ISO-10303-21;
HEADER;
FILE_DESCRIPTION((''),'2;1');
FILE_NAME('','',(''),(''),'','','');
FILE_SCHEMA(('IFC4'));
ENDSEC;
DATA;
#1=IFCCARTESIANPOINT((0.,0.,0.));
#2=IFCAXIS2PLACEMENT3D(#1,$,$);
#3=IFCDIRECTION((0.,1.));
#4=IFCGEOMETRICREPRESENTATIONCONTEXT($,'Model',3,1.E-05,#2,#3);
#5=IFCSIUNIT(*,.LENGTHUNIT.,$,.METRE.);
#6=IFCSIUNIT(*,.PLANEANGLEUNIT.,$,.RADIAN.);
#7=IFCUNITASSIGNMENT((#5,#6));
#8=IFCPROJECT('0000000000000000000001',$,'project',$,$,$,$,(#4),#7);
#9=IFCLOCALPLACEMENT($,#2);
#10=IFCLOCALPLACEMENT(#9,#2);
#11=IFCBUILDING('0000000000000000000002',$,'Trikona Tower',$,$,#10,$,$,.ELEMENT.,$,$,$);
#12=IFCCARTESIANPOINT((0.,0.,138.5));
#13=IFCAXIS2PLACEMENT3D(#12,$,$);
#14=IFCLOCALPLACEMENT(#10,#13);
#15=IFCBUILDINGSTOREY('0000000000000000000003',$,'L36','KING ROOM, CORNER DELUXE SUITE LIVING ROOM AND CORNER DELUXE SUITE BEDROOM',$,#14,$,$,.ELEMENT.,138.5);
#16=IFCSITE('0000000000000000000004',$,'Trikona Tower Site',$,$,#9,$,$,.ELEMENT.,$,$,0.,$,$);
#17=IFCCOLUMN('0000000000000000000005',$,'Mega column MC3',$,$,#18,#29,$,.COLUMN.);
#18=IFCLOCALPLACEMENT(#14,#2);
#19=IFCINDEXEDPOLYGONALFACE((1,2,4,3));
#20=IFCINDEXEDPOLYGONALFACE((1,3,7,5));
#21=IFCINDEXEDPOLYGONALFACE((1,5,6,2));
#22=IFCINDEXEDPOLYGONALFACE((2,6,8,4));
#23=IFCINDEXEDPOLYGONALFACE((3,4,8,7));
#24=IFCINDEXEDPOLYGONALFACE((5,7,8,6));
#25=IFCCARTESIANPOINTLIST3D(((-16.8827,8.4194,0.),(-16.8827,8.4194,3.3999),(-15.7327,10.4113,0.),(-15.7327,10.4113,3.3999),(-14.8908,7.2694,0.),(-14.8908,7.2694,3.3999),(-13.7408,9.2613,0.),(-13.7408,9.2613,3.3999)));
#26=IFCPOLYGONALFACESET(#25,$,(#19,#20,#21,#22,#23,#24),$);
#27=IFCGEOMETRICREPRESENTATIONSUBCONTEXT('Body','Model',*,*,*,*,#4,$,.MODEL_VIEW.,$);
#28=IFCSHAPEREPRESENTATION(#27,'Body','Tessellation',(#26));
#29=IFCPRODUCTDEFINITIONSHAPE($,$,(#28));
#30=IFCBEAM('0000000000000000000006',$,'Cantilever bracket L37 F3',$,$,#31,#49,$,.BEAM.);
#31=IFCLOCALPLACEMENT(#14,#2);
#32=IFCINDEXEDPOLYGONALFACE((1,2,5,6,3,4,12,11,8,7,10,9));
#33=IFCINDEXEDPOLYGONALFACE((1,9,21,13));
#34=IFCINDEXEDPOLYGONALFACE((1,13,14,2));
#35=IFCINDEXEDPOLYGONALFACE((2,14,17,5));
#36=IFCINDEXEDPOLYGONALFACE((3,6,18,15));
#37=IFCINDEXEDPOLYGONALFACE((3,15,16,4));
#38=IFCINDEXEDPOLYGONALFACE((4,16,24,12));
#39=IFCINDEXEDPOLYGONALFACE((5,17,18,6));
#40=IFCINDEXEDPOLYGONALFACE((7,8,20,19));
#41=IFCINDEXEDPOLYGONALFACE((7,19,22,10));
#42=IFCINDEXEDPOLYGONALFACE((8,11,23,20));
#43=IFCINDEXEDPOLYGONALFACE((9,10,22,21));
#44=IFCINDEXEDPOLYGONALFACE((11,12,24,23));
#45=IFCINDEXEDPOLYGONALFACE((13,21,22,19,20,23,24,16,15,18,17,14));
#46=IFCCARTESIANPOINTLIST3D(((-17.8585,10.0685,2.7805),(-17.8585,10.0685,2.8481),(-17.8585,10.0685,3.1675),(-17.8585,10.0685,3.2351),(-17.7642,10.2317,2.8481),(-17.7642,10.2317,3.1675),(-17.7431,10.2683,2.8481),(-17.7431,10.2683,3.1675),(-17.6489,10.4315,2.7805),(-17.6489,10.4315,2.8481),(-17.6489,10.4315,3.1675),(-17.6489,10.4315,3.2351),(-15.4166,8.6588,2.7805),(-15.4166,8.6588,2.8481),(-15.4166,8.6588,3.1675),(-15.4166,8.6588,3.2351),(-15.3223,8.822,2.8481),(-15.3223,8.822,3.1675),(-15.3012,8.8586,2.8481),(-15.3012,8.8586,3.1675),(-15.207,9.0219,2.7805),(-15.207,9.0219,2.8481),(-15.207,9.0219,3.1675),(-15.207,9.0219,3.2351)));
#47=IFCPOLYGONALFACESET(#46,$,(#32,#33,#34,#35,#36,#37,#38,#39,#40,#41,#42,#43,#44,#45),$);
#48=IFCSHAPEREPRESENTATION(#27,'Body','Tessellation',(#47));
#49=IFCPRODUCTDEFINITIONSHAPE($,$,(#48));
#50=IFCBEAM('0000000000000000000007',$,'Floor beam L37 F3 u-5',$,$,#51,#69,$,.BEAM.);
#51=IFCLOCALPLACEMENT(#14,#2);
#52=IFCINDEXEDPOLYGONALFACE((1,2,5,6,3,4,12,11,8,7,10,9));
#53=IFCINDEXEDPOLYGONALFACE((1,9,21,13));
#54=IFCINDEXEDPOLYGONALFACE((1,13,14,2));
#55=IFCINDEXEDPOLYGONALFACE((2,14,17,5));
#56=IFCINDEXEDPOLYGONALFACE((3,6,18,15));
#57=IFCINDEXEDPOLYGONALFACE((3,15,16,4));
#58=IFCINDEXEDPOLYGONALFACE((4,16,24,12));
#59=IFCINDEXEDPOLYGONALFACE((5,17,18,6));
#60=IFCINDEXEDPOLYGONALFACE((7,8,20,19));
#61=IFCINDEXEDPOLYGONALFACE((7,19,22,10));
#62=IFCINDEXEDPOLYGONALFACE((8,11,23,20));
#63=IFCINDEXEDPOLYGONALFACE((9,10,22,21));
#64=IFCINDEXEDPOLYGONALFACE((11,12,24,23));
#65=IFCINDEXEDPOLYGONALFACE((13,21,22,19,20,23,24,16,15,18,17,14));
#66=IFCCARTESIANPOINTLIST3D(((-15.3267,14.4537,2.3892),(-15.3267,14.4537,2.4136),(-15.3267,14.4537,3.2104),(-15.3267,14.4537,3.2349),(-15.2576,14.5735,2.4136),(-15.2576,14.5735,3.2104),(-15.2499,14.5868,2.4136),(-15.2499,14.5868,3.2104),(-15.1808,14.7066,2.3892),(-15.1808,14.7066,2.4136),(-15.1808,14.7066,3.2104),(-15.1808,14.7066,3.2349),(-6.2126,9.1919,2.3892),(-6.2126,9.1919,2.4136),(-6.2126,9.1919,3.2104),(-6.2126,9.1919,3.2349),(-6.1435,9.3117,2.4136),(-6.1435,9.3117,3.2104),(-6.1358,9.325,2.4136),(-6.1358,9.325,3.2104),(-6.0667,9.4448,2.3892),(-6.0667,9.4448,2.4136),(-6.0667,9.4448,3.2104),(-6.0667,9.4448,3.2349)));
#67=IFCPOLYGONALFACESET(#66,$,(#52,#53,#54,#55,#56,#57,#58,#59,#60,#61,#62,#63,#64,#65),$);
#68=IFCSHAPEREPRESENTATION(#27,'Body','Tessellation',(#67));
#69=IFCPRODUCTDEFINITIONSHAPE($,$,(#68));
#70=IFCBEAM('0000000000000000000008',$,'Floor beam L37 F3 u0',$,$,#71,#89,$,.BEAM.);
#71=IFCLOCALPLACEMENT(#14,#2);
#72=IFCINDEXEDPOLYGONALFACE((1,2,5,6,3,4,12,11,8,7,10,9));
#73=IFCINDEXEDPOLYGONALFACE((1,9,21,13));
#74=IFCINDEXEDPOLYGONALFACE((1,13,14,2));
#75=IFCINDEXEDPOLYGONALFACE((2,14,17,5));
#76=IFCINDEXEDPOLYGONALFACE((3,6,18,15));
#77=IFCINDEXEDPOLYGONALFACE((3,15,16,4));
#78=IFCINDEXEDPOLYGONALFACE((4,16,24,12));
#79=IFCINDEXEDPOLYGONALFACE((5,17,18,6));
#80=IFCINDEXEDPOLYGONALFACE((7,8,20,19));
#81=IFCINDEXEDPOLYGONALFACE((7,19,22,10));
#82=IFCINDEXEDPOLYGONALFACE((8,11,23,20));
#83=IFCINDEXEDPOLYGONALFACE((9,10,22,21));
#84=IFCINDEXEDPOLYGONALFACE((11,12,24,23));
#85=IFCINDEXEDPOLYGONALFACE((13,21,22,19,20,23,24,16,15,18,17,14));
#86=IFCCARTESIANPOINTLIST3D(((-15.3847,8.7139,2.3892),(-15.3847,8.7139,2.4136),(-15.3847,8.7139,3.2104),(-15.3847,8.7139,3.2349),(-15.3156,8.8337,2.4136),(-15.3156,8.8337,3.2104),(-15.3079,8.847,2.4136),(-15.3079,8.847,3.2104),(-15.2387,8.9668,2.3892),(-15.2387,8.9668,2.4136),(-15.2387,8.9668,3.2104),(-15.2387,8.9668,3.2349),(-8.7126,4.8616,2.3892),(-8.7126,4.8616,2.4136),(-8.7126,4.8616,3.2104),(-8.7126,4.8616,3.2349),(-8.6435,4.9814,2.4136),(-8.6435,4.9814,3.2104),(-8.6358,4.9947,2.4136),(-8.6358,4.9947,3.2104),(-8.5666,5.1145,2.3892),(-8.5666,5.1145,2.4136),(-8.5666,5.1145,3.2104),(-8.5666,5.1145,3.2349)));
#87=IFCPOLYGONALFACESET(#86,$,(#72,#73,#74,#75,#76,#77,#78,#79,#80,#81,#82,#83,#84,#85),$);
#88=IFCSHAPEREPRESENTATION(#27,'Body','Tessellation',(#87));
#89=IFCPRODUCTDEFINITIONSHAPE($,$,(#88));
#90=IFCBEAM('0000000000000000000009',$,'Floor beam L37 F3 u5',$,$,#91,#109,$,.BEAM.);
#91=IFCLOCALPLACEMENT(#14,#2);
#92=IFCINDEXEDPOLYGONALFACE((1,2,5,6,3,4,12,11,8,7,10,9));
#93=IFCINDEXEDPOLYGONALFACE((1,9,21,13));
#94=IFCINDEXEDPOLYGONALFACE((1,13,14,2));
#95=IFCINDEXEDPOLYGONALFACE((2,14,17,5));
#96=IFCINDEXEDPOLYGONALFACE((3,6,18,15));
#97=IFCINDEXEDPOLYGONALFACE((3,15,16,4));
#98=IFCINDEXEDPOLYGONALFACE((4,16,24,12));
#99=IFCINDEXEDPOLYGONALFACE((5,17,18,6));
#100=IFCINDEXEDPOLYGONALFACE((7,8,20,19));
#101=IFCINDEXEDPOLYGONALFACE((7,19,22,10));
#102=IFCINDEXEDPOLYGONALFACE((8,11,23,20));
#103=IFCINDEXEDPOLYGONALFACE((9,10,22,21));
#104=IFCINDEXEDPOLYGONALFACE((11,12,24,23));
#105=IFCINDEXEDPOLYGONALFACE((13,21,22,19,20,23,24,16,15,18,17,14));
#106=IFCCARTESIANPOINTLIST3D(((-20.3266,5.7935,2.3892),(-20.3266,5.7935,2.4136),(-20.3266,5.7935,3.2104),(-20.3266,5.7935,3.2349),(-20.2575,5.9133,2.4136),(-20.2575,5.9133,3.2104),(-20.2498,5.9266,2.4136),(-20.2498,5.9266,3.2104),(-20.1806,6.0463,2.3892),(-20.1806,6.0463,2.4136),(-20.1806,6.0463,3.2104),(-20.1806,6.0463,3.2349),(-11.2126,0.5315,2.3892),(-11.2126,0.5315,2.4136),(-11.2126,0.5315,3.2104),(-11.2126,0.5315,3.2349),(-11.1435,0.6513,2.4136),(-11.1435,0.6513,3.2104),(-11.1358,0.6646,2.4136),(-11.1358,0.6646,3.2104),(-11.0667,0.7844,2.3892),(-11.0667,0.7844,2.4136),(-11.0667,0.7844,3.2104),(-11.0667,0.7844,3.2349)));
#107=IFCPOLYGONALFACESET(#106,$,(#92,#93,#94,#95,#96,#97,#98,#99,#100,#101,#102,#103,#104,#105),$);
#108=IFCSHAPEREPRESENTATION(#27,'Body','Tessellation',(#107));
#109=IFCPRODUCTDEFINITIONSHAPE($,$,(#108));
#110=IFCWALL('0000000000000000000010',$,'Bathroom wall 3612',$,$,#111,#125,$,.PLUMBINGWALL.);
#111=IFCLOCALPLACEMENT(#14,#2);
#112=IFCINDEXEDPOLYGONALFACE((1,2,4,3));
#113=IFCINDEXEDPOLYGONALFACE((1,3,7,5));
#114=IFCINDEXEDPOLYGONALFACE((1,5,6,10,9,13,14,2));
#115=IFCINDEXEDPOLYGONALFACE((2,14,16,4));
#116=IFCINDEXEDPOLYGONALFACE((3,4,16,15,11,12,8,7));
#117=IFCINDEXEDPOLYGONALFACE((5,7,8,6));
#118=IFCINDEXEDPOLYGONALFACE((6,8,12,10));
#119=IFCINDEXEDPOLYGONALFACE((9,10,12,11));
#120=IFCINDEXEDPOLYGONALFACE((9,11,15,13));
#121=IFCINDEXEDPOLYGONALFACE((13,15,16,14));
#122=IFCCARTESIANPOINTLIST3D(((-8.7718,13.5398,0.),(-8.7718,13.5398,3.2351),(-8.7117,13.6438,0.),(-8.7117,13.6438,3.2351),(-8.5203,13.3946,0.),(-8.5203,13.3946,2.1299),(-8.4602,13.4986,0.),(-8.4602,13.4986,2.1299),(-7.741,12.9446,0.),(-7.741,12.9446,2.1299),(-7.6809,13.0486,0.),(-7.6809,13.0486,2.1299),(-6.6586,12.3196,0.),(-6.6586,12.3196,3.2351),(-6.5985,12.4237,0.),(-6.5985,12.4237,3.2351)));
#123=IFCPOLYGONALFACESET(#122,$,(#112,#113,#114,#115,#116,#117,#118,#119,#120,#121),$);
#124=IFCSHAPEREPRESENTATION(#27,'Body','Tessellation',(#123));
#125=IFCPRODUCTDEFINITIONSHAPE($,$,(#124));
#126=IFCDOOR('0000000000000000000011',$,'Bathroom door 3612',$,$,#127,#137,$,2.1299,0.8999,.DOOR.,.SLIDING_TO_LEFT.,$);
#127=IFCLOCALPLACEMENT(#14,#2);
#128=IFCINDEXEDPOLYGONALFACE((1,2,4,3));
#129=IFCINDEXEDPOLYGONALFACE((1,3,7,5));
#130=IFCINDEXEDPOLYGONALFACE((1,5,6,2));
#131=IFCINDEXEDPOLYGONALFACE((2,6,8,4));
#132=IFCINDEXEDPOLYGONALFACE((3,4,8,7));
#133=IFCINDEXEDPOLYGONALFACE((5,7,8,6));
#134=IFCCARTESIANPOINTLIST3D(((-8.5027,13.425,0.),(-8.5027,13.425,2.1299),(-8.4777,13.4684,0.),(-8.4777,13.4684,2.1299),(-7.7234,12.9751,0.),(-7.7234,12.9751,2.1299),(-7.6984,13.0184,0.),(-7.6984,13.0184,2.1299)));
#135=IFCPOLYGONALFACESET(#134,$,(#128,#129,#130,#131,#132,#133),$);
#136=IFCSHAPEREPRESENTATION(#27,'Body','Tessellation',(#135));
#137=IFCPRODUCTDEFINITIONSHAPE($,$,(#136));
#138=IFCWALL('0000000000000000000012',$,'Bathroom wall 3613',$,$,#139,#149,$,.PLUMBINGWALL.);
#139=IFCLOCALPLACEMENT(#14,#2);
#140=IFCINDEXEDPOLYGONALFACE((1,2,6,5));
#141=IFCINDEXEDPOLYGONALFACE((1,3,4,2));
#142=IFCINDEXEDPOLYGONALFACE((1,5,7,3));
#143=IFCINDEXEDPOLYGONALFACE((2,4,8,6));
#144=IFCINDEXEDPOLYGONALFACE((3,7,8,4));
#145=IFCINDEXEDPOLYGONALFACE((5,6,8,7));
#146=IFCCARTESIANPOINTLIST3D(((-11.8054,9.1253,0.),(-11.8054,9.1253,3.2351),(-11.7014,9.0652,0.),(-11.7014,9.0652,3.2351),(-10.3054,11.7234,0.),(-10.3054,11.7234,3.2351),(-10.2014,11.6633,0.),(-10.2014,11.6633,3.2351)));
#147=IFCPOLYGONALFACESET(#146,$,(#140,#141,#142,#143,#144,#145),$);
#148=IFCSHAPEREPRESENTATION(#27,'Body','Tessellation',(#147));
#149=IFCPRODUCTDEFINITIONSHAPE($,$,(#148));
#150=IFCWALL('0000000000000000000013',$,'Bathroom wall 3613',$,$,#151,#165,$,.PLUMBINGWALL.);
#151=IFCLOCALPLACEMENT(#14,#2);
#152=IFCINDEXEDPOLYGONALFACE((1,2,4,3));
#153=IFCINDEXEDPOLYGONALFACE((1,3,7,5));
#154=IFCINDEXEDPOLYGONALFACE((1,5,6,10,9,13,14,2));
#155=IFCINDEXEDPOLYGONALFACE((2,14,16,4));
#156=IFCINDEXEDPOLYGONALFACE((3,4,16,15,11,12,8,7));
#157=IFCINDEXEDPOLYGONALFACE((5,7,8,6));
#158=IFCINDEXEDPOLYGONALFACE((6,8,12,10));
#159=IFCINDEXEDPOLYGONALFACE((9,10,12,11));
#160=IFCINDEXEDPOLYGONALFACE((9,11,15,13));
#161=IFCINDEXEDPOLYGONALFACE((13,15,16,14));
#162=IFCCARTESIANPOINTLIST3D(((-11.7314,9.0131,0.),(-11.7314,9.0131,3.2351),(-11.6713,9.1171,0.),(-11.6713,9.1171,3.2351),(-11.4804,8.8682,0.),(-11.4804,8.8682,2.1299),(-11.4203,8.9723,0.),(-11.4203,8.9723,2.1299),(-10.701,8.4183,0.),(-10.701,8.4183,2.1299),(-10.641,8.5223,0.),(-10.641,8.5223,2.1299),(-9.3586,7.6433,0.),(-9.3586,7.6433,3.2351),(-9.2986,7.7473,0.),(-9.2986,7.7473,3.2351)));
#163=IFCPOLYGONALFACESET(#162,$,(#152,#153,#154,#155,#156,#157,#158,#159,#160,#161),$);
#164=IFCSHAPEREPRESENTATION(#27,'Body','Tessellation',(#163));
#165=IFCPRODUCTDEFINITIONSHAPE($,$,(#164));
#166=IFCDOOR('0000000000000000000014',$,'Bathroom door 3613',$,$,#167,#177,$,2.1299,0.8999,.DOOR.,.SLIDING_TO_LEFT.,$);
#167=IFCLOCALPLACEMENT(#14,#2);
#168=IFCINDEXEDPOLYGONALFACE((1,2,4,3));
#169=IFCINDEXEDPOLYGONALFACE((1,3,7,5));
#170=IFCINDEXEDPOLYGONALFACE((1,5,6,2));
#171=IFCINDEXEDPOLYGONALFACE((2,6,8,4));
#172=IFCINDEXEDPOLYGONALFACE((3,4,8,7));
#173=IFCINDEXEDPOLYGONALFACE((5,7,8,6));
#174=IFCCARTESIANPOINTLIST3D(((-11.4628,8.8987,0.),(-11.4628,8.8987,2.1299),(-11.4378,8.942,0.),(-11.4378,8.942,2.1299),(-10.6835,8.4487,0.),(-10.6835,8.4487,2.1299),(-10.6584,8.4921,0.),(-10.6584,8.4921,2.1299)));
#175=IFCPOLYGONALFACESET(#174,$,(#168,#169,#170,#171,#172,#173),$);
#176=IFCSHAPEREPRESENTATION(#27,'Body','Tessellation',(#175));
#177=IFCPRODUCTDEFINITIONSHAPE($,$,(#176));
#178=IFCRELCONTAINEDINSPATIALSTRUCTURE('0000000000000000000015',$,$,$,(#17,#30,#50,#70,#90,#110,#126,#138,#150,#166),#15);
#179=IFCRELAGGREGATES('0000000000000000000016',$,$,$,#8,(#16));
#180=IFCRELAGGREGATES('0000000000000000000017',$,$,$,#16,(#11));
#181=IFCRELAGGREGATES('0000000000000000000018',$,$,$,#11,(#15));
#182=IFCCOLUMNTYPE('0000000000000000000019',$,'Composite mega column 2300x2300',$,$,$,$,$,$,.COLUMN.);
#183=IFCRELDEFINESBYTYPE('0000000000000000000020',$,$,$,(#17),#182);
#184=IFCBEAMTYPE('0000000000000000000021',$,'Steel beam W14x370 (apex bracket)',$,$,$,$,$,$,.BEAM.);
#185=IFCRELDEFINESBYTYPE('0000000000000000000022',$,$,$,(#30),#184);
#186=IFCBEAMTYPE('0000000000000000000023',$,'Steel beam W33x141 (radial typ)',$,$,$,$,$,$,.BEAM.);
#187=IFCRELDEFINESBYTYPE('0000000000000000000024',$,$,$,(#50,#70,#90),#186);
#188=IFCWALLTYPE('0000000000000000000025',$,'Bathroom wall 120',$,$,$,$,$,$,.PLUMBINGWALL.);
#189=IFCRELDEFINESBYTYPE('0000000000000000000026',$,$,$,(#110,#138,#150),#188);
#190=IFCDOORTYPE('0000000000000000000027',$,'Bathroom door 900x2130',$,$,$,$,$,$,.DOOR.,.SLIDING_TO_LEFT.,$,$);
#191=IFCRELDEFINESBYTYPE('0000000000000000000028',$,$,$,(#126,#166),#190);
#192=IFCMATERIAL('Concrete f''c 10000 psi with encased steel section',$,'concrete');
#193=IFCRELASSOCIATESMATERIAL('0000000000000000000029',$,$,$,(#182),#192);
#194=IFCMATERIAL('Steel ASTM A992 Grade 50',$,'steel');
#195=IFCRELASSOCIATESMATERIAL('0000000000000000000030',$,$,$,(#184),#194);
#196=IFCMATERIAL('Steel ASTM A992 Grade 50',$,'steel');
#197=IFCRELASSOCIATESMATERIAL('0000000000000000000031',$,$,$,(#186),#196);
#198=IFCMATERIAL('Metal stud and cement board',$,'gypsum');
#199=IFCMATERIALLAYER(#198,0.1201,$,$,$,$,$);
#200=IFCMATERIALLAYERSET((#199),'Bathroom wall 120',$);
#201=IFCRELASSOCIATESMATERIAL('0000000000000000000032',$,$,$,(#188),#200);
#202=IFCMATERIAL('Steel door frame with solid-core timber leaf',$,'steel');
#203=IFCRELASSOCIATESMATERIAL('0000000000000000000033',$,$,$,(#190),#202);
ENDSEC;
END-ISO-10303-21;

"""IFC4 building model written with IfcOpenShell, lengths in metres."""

from ifc_helpers import new_model, si_unit, direction, frame, frame_2d, origin, origin_2d, place, context, subcontext, project, spatial, rectangle, i_section, extrude, material, layer, layer_set, material_profile, profile_set, type_object, element, fill, save


model = new_model("IFC4")

# Units and contexts
model_context = context("Model", 3, precision=1e-05, world=origin(), true_north=direction((0.0, 1.0)))
body_context = subcontext(model_context, "Body", "Model", "MODEL_VIEW")
ifc_project = project(units=[si_unit("LENGTHUNIT", "METRE"), si_unit("PLANEANGLEUNIT", "RADIAN")], contexts=[model_context])

# Site, building, storey
site_placement = place(None, origin())
site = spatial("IfcSite", under=ifc_project, at=site_placement, Name="Trikona Tower Site", CompositionType="ELEMENT", RefElevation=0.0)
building_placement = place(site_placement, origin())
building = spatial("IfcBuilding", under=site, at=building_placement, Name="Trikona Tower", CompositionType="ELEMENT")
storey_placement = place(building_placement, frame((0.0, 0.0, 138.5)))
storey = spatial("IfcBuildingStorey", under=building, at=storey_placement, Name="L36", Description="KING ROOM, CORNER DELUXE SUITE LIVING ROOM AND CORNER DELUXE SUITE BEDROOM", CompositionType="ELEMENT", Elevation=138.5)

# Column
ifc_material_1 = material(Name="Concrete f'c 10000 psi with encased steel section", Category="concrete")
ifc_material_profile_1 = material_profile(ifc_material_1, rectangle(XDim=2.3, YDim=2.3, at=origin_2d()), Name="MC2300")
ifc_profile_set_1 = profile_set([ifc_material_profile_1], Name="Concrete f'c 10000 psi with encased steel section")
column_type = type_object("IfcColumnType", Name="Composite mega column 2300x2300", PredefinedType="COLUMN", material=ifc_profile_set_1)
column_placement = place(storey_placement, frame((-15.3118, 8.8403, 0.0), z_axis=(0.0, 0.0, 1.0), x_axis=(-0.866025, 0.5, 0.0)))
element("IfcColumn", 1, at=column_placement, inside=storey, type_object=column_type, Name="Mega column MC3", PredefinedType="COLUMN", context=body_context, shape_type="SweptSolid", body=[
    extrude(rectangle(XDim=2.3, YDim=2.3, at=origin_2d()), origin(), (0.0, 0.0, 1.0), 3.3999),
])

# Beams
ifc_material_2 = material(Name="Steel ASTM A992 Grade 50", Category="steel")
ifc_material_profile_2 = material_profile(ifc_material_2, i_section(OverallWidth=0.4192, OverallDepth=0.4546, WebThickness=0.0422, FlangeThickness=0.0676, at=origin_2d()), Name="W14X370")
ifc_profile_set_2 = profile_set([ifc_material_profile_2], Name="Steel ASTM A992 Grade 50")
beam_type_1 = type_object("IfcBeamType", Name="Steel beam W14x370 (apex bracket)", PredefinedType="BEAM", material=ifc_profile_set_2)
beam_1_placement = place(storey_placement, frame((-15.3118, 8.8403, 3.0078), z_axis=(-0.86605, 0.499957, 0.0), x_axis=(-0.499957, -0.86605, 0.0)))
element("IfcBeam", 2, at=beam_1_placement, inside=storey, type_object=beam_type_1, Name="Cantilever bracket L37 F3", PredefinedType="BEAM", context=body_context, shape_type="SweptSolid", body=[
    extrude(i_section(OverallWidth=0.4192, OverallDepth=0.4546, WebThickness=0.0422, FlangeThickness=0.0676, at=origin_2d()), origin(), (0.0, 0.0, 1.0), 2.8196),
])
ifc_material_3 = material(Name="Steel ASTM A992 Grade 50", Category="steel")
ifc_material_profile_3 = material_profile(ifc_material_3, i_section(OverallWidth=0.292, OverallDepth=0.8457, WebThickness=0.0154, FlangeThickness=0.0244, at=origin_2d()), Name="W33X141")
ifc_profile_set_3 = profile_set([ifc_material_profile_3], Name="Steel ASTM A992 Grade 50")
beam_type_2 = type_object("IfcBeamType", Name="Steel beam W33x141 (radial typ)", PredefinedType="BEAM", material=ifc_profile_set_3)
beam_2_placement = place(storey_placement, frame((-6.1396, 9.3184, 2.812), z_axis=(-0.866036, 0.499982, 0.0), x_axis=(-0.499982, -0.866036, 0.0)))
element("IfcBeam", 3, at=beam_2_placement, inside=storey, type_object=beam_type_2, Name="Floor beam L37 F3 u-5", PredefinedType="BEAM", context=body_context, shape_type="SweptSolid", body=[
    extrude(i_section(OverallWidth=0.292, OverallDepth=0.8457, WebThickness=0.0154, FlangeThickness=0.0244, at=origin_2d()), origin(), (0.0, 0.0, 1.0), 10.5239),
])
beam_3_placement = place(storey_placement, frame((-8.6396, 4.988, 2.812), z_axis=(-0.866017, 0.500014, 0.0), x_axis=(-0.500014, -0.866017, 0.0)))
element("IfcBeam", 4, at=beam_3_placement, inside=storey, type_object=beam_type_2, Name="Floor beam L37 F3 u0", PredefinedType="BEAM", context=body_context, shape_type="SweptSolid", body=[
    extrude(i_section(OverallWidth=0.292, OverallDepth=0.8457, WebThickness=0.0154, FlangeThickness=0.0244, at=origin_2d()), origin(), (0.0, 0.0, 1.0), 7.7043),
])
beam_4_placement = place(storey_placement, frame((-11.1396, 0.658, 2.812), z_axis=(-0.866026, 0.499999, 0.0), x_axis=(-0.499999, -0.866026, 0.0)))
element("IfcBeam", 5, at=beam_4_placement, inside=storey, type_object=beam_type_2, Name="Floor beam L37 F3 u5", PredefinedType="BEAM", context=body_context, shape_type="SweptSolid", body=[
    extrude(i_section(OverallWidth=0.292, OverallDepth=0.8457, WebThickness=0.0154, FlangeThickness=0.0244, at=origin_2d()), origin(), (0.0, 0.0, 1.0), 10.5239),
])

# Wall, opening, door
ifc_material_4 = material(Name="Metal stud and cement board", Category="gypsum")
ifc_layer_1 = layer(ifc_material_4, 0.1201)
ifc_layer_set_1 = layer_set([ifc_layer_1], Name="Bathroom wall 120")
wall_type_1 = type_object("IfcWallType", Name="Bathroom wall 120", PredefinedType="PLUMBINGWALL", material=ifc_layer_set_1)
wall_1_placement = place(storey_placement, frame((-6.6284, 12.3716, 0.0), z_axis=(0.0, 0.0, 1.0), x_axis=(-0.866006, 0.500034, 0.0)))
wall_1 = element("IfcWall", 6, at=wall_1_placement, inside=storey, type_object=wall_type_1, Name="Bathroom wall 3612", PredefinedType="PLUMBINGWALL", context=body_context, shape_type="SweptSolid", body=[
    extrude(rectangle(XDim=2.4402, YDim=0.1201, at=frame_2d((1.2202, 0.0))), origin(), (0.0, 0.0, 1.0), 3.2351),
])
opening_1_placement = place(wall_1_placement, frame((1.25, 0.0, 0.0)))
opening_1 = element("IfcOpeningElement", 7, at=opening_1_placement, cuts=wall_1, PredefinedType="OPENING", context=body_context, shape_type="SweptSolid", body=[
    extrude(rectangle(XDim=0.8999, YDim=2.1299, at=frame_2d((0.45, 1.0649))), frame((0.0, 0.0701, 0.0), z_axis=(0.0, -1.0, 0.0), x_axis=(1.0, 0.0, 0.0)), (0.0, 0.0, 1.0), 0.1401),
])
ifc_material_5 = material(Name="Steel door frame with solid-core timber leaf", Category="steel")
door_type_1 = type_object("IfcDoorType", Name="Bathroom door 900x2130", OperationType="SLIDING_TO_LEFT", PredefinedType="DOOR", material=ifc_material_5)
door_1_placement = place(opening_1_placement, origin())
door_1 = element("IfcDoor", 8, at=door_1_placement, inside=storey, type_object=door_type_1, Name="Bathroom door 3612", OperationType="SLIDING_TO_LEFT", OverallHeight=2.1299, OverallWidth=0.8999, PredefinedType="DOOR", context=body_context, shape_type="SweptSolid", body=[
    extrude(rectangle(XDim=0.8999, YDim=2.1299, at=frame_2d((0.45, 1.0649))), frame((0.0, 0.0249, 0.0), z_axis=(0.0, -1.0, 0.0), x_axis=(1.0, 0.0, 0.0)), (0.0, 0.0, 1.0), 0.05),
])
fill(opening_1, door_1)

# Wall
wall_2_placement = place(storey_placement, frame((-10.2534, 11.6934, 0.0), z_axis=(0.0, 0.0, 1.0), x_axis=(-0.49999, -0.866031, 0.0)))
element("IfcWall", 9, at=wall_2_placement, inside=storey, type_object=wall_type_1, Name="Bathroom wall 3613", PredefinedType="PLUMBINGWALL", context=body_context, shape_type="SweptSolid", body=[
    extrude(rectangle(XDim=3.0, YDim=0.1201, at=frame_2d((1.5, 0.0))), origin(), (0.0, 0.0, 1.0), 3.2351),
])

# Wall, opening, door
wall_3_placement = place(storey_placement, frame((-9.3286, 7.6953, 0.0), z_axis=(0.0, 0.0, 1.0), x_axis=(-0.866036, 0.499982, 0.0)))
wall_3 = element("IfcWall", 10, at=wall_3_placement, inside=storey, type_object=wall_type_1, Name="Bathroom wall 3613", PredefinedType="PLUMBINGWALL", context=body_context, shape_type="SweptSolid", body=[
    extrude(rectangle(XDim=2.7397, YDim=0.1201, at=frame_2d((1.3699, 0.0))), origin(), (0.0, 0.0, 1.0), 3.2351),
])
opening_2_placement = place(wall_3_placement, frame((1.55, 0.0, 0.0)))
opening_2 = element("IfcOpeningElement", 11, at=opening_2_placement, cuts=wall_3, PredefinedType="OPENING", context=body_context, shape_type="SweptSolid", body=[
    extrude(rectangle(XDim=0.8999, YDim=2.1299, at=frame_2d((0.45, 1.0649))), frame((0.0, 0.0701, 0.0), z_axis=(0.0, -1.0, 0.0), x_axis=(1.0, 0.0, 0.0)), (0.0, 0.0, 1.0), 0.1401),
])
door_2_placement = place(opening_2_placement, origin())
door_2 = element("IfcDoor", 12, at=door_2_placement, inside=storey, type_object=door_type_1, Name="Bathroom door 3613", OperationType="SLIDING_TO_LEFT", OverallHeight=2.1299, OverallWidth=0.8999, PredefinedType="DOOR", context=body_context, shape_type="SweptSolid", body=[
    extrude(rectangle(XDim=0.8999, YDim=2.1299, at=frame_2d((0.45, 1.0649))), frame((0.0, 0.0249, 0.0), z_axis=(0.0, -1.0, 0.0), x_axis=(1.0, 0.0, 0.0)), (0.0, 0.0, 1.0), 0.05),
])
fill(opening_2, door_2)

save(model, "model.ifc")
